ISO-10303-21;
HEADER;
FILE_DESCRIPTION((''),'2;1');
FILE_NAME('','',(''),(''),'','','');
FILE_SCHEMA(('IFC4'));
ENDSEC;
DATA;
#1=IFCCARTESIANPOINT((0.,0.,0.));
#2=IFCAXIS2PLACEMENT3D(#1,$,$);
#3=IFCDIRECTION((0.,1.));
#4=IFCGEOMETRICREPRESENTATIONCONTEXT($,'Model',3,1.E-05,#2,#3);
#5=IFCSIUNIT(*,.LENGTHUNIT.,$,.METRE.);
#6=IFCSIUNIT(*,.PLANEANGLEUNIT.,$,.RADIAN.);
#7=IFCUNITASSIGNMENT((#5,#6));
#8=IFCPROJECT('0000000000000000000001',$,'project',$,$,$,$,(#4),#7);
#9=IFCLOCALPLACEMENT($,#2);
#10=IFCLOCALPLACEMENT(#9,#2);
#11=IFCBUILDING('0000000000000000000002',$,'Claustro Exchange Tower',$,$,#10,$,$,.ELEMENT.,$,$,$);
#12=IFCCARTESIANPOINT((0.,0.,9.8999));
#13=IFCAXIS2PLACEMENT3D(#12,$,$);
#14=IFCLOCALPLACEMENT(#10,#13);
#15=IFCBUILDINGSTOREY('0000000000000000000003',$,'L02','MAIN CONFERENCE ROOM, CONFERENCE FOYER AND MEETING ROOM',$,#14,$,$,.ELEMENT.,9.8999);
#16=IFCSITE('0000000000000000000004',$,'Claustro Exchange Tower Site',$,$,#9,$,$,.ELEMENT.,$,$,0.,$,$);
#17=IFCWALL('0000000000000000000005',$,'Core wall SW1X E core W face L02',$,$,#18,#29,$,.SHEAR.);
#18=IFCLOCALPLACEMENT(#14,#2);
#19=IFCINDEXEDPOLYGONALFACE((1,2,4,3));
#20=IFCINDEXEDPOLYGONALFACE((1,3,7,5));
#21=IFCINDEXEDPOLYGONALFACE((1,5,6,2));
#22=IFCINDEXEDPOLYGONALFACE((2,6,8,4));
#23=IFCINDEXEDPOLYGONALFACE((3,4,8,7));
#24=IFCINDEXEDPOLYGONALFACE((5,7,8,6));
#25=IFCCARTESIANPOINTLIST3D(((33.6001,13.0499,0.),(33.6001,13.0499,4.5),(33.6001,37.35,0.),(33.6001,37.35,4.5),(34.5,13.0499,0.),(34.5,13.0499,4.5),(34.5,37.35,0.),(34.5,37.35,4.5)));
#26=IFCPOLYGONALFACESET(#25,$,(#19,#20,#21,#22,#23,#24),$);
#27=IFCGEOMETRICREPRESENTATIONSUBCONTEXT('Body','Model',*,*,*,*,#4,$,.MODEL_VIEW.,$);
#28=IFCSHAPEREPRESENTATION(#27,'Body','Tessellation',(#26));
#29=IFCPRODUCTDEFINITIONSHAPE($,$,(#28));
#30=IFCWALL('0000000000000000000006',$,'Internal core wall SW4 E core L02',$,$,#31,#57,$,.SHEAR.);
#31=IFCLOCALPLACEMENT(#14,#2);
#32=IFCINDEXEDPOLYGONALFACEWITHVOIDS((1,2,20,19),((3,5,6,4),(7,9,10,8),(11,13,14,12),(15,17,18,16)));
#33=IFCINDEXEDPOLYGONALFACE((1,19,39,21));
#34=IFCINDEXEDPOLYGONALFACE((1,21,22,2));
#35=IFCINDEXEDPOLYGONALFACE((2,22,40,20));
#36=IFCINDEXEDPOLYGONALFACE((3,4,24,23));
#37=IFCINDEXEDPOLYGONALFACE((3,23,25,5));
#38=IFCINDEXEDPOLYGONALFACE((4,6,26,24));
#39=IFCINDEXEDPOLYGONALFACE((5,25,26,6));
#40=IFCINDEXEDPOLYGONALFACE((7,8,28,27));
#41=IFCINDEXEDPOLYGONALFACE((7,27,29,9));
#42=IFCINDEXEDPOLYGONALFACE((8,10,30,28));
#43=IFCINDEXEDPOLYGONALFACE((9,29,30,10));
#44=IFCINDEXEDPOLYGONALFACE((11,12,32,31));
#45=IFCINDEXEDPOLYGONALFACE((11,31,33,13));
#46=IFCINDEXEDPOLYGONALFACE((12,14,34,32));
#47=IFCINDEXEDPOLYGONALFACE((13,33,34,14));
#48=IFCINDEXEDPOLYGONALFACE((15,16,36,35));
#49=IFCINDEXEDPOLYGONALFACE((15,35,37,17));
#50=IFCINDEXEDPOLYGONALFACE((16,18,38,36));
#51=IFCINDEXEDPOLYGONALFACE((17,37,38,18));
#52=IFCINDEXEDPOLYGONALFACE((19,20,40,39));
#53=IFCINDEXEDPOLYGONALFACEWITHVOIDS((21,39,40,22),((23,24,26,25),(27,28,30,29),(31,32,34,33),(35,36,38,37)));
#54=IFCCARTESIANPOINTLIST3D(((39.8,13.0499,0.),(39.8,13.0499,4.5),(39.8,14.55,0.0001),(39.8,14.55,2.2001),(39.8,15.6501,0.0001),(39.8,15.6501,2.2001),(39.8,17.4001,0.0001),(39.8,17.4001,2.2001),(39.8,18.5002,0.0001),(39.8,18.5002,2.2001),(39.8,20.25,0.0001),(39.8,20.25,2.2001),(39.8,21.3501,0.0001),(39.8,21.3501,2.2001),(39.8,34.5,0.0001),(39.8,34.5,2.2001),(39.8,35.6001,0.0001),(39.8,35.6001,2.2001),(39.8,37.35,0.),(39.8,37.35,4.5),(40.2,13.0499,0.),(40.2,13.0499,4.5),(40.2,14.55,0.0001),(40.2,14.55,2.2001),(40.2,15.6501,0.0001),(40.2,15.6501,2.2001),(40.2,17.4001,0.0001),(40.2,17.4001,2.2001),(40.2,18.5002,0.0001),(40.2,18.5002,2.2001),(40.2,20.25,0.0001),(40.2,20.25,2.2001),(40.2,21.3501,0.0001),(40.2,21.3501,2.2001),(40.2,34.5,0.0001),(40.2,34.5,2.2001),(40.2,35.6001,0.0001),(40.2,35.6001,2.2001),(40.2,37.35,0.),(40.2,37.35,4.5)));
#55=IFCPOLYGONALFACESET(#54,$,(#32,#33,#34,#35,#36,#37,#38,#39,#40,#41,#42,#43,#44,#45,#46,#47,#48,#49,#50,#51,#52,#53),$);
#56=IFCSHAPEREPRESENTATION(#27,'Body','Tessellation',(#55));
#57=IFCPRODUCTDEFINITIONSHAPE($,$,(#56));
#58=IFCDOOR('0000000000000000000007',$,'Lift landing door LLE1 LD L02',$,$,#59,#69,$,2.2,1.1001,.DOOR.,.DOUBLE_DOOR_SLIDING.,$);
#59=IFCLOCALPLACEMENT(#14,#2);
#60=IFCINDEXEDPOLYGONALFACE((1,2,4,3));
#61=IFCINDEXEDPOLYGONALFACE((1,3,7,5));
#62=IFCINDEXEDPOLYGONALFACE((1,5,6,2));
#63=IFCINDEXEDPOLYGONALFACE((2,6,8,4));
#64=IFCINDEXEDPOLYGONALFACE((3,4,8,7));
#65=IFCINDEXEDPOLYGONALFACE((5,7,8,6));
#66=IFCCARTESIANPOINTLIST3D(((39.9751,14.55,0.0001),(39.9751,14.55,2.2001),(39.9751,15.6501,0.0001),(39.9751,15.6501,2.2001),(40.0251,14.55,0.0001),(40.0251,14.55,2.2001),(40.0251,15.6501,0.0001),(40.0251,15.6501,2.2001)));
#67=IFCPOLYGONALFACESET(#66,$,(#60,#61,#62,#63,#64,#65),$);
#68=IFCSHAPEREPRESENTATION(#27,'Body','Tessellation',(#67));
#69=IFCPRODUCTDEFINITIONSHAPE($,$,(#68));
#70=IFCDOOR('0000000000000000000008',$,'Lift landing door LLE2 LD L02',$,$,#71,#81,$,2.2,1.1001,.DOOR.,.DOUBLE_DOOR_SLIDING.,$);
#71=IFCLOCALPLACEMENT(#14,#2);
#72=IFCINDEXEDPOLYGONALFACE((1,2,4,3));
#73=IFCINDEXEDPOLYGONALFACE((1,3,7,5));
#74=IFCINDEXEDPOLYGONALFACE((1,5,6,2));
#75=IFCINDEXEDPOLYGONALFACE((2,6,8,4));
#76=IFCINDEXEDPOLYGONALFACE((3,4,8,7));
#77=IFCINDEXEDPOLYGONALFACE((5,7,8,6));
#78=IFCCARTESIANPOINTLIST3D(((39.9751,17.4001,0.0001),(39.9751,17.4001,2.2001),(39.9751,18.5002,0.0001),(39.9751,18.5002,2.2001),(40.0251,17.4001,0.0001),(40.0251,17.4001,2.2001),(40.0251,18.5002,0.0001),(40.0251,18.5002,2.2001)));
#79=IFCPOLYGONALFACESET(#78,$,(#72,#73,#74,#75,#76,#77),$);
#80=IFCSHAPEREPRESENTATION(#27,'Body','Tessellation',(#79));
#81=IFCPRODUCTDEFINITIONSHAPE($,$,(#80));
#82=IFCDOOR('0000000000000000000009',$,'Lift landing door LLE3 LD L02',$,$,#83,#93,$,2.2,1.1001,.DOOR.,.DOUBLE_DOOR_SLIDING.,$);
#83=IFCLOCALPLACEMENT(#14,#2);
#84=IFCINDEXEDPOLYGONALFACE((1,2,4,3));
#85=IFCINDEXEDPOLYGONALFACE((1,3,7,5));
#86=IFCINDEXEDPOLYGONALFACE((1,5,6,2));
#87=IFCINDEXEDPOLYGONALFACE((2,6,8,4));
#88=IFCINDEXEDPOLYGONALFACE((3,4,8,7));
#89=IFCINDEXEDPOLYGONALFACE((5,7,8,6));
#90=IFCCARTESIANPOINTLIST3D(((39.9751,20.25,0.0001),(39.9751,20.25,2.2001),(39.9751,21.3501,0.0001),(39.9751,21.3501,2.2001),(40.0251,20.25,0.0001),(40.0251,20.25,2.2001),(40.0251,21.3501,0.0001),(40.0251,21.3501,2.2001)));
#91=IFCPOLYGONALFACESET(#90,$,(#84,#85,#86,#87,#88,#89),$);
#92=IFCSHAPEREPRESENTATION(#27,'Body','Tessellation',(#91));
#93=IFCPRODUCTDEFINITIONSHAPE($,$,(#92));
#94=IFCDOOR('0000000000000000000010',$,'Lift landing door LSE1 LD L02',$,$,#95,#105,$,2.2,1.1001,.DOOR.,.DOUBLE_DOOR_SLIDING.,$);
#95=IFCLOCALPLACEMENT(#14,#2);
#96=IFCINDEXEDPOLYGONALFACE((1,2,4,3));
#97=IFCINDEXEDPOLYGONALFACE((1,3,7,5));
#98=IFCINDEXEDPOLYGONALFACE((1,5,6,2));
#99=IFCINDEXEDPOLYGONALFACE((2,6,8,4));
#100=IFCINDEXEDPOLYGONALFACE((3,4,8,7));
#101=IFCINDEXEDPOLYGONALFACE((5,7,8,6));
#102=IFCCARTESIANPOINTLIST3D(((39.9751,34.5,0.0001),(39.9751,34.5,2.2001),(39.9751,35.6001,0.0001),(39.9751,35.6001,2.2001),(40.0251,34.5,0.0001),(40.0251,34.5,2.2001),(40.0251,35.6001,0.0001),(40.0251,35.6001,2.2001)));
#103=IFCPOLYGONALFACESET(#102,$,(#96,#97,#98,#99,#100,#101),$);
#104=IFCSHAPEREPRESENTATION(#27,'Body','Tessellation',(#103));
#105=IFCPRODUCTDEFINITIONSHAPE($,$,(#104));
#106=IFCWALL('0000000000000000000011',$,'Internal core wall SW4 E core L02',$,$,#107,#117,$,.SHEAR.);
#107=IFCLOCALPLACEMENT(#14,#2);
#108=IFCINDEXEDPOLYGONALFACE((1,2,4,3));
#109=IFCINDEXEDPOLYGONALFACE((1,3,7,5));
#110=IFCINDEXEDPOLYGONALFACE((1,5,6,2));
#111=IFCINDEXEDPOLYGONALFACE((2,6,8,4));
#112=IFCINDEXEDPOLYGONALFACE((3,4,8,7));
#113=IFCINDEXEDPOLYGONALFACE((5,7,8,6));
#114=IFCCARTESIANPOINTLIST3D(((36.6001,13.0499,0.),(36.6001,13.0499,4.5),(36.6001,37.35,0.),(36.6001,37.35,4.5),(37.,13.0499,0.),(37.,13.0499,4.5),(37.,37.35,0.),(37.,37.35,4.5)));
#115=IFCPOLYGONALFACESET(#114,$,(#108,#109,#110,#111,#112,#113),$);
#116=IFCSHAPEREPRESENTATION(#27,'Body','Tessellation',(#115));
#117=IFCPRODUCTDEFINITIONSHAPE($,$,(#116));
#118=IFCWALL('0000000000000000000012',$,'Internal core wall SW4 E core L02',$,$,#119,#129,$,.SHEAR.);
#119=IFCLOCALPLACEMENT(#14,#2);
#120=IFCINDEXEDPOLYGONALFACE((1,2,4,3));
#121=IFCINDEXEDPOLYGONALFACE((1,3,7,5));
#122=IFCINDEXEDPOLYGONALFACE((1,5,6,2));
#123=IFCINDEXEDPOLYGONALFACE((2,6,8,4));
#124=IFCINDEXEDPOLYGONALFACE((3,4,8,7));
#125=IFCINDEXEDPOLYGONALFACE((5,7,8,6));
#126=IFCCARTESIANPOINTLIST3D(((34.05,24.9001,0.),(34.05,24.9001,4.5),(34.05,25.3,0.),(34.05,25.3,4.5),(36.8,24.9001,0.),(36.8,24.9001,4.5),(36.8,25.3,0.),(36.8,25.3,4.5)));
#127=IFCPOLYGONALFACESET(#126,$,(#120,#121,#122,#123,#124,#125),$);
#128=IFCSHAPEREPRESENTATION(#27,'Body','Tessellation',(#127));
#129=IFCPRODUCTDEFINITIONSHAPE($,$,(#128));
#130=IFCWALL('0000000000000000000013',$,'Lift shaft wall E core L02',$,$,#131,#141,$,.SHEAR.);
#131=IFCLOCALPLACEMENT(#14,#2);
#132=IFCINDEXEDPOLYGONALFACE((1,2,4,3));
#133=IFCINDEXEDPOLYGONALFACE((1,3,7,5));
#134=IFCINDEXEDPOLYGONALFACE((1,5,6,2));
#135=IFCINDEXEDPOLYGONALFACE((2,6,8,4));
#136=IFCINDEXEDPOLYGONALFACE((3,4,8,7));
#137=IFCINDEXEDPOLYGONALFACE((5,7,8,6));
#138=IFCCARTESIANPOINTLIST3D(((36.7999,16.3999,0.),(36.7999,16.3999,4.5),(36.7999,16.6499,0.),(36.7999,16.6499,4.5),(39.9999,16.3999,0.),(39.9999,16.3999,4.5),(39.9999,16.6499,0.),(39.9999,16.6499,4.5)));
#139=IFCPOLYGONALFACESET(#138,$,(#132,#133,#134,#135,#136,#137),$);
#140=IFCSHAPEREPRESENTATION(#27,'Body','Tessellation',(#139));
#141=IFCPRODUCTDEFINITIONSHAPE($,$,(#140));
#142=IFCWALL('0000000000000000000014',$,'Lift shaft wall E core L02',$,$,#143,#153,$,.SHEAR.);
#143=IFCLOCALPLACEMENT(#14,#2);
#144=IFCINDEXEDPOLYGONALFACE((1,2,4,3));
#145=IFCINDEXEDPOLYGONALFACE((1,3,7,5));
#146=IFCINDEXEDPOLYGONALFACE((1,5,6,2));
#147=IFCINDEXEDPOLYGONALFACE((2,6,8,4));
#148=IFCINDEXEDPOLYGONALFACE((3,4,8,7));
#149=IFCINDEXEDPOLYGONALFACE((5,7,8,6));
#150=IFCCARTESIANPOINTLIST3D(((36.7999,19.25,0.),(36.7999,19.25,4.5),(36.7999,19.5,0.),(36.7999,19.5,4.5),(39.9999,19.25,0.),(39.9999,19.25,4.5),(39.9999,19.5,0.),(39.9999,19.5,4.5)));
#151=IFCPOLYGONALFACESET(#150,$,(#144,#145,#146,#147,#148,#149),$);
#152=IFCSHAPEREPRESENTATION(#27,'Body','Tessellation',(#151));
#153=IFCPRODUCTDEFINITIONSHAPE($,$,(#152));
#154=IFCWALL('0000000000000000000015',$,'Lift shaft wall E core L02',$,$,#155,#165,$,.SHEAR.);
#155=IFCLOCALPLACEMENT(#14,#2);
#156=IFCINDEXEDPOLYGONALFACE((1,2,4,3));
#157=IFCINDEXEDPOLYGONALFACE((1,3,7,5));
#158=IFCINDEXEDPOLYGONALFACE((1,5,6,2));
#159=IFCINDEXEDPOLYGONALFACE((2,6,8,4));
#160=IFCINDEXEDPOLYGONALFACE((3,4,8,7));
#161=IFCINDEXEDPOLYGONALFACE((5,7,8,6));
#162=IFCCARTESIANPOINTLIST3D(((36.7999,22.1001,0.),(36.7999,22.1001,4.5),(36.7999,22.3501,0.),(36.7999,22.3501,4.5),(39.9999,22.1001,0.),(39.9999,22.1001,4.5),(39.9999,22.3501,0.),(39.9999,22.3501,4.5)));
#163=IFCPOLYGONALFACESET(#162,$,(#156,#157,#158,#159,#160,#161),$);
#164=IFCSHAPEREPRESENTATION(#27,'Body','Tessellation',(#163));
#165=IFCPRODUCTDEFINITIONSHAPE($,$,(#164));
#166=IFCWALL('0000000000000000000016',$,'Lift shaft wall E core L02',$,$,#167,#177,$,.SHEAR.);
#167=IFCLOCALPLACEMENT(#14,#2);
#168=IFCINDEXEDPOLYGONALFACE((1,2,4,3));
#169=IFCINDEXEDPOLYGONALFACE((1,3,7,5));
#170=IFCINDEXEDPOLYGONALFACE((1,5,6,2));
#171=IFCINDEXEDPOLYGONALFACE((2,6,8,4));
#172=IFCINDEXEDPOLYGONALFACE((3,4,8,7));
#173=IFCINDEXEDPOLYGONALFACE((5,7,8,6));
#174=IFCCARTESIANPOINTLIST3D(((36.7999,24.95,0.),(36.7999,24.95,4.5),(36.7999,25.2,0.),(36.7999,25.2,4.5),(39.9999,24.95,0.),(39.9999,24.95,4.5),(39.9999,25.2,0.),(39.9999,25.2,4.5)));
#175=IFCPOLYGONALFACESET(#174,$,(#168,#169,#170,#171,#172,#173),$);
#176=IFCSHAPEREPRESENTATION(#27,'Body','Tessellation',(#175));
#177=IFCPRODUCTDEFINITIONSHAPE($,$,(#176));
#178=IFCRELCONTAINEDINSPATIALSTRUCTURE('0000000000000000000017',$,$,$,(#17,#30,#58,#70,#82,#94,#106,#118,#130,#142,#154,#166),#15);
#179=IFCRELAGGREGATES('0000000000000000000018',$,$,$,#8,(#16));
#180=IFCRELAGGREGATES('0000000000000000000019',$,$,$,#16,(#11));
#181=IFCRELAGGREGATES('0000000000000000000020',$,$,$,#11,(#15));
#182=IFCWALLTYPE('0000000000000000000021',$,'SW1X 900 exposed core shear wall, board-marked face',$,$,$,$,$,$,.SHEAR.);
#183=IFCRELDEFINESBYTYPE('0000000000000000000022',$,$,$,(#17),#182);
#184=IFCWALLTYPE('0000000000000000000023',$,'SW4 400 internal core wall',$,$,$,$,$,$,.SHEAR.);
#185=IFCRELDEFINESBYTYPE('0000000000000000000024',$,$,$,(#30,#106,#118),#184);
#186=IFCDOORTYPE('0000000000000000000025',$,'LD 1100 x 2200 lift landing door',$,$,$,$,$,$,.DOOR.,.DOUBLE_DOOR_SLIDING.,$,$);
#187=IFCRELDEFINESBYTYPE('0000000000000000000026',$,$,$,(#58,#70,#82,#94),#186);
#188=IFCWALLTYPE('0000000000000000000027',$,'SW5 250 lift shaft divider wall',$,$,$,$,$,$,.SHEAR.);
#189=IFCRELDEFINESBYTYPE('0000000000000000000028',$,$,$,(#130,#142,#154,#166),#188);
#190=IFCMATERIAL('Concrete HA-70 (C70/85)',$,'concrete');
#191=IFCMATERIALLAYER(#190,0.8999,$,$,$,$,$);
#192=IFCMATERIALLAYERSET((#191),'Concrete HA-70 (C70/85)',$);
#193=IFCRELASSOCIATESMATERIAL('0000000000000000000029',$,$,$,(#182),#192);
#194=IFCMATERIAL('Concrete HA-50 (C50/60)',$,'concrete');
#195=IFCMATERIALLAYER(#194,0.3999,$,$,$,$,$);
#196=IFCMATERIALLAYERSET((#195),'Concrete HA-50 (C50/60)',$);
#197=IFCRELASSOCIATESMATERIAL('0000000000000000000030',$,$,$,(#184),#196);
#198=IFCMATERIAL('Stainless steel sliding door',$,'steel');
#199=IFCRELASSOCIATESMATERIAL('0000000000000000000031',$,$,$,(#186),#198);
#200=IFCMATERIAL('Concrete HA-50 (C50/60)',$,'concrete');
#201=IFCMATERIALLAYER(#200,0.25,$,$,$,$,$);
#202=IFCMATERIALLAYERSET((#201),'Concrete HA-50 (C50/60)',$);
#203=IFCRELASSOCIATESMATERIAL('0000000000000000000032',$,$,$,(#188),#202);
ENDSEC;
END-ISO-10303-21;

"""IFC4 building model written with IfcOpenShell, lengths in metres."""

from ifc_helpers import new_model, si_unit, direction, frame, frame_2d, origin, place, context, subcontext, project, spatial, rectangle, extrude, material, layer, layer_set, type_object, element, fill, save


model = new_model("IFC4")

# Units and contexts
model_context = context("Model", 3, precision=1e-05, world=origin(), true_north=direction((0.0, 1.0)))
body_context = subcontext(model_context, "Body", "Model", "MODEL_VIEW")
ifc_project = project(units=[si_unit("LENGTHUNIT", "METRE"), si_unit("PLANEANGLEUNIT", "RADIAN")], contexts=[model_context])

# Site, building, storey
site_placement = place(None, origin())
site = spatial("IfcSite", under=ifc_project, at=site_placement, Name="Claustro Exchange Tower Site", CompositionType="ELEMENT", RefElevation=0.0)
building_placement = place(site_placement, origin())
building = spatial("IfcBuilding", under=site, at=building_placement, Name="Claustro Exchange Tower", CompositionType="ELEMENT")
storey_placement = place(building_placement, frame((0.0, 0.0, 9.8999)))
storey = spatial("IfcBuildingStorey", under=building, at=storey_placement, Name="L02", Description="MAIN CONFERENCE ROOM, CONFERENCE FOYER AND MEETING ROOM", CompositionType="ELEMENT", Elevation=9.8999)

# Wall
ifc_material_1 = material(Name="Concrete HA-70 (C70/85)", Category="concrete")
ifc_layer_1 = layer(ifc_material_1, 0.8999)
ifc_layer_set_1 = layer_set([ifc_layer_1], Name="Concrete HA-70 (C70/85)")
wall_type_1 = type_object("IfcWallType", Name="SW1X 900 exposed core shear wall, board-marked face", PredefinedType="SHEAR", material=ifc_layer_set_1)
wall_1_placement = place(storey_placement, frame((34.05, 13.05, 0.0), z_axis=(0.0, 0.0, 1.0), x_axis=(0.0, 1.0, 0.0)))
element("IfcWall", 1, at=wall_1_placement, inside=storey, type_object=wall_type_1, Name="Core wall SW1X E core W face L02", PredefinedType="SHEAR", context=body_context, shape_type="SweptSolid", body=[
    extrude(rectangle(XDim=24.3, YDim=0.8999, at=frame_2d((12.1499, 0.0))), origin(), (0.0, 0.0, 1.0), 4.5),
])

# Wall, openings, doors
ifc_material_2 = material(Name="Concrete HA-50 (C50/60)", Category="concrete")
ifc_layer_2 = layer(ifc_material_2, 0.3999)
ifc_layer_set_2 = layer_set([ifc_layer_2], Name="Concrete HA-50 (C50/60)")
wall_type_2 = type_object("IfcWallType", Name="SW4 400 internal core wall", PredefinedType="SHEAR", material=ifc_layer_set_2)
wall_2_placement = place(storey_placement, frame((40.0, 13.05, 0.0), z_axis=(0.0, 0.0, 1.0), x_axis=(0.0, 1.0, 0.0)))
wall_2 = element("IfcWall", 2, at=wall_2_placement, inside=storey, type_object=wall_type_2, Name="Internal core wall SW4 E core L02", PredefinedType="SHEAR", context=body_context, shape_type="SweptSolid", body=[
    extrude(rectangle(XDim=24.3, YDim=0.3999, at=frame_2d((12.1499, 0.0))), origin(), (0.0, 0.0, 1.0), 4.5),
])
opening_1_placement = place(wall_2_placement, frame((1.5, 0.0, 0.0)))
opening_1 = element("IfcOpeningElement", 3, at=opening_1_placement, cuts=wall_2, PredefinedType="OPENING", context=body_context, shape_type="SweptSolid", body=[
    extrude(rectangle(XDim=1.1001, YDim=2.2, at=frame_2d((0.55, 1.1001))), frame((0.0, 0.21, 0.0), z_axis=(0.0, -1.0, 0.0), x_axis=(1.0, 0.0, 0.0)), (0.0, 0.0, 1.0), 0.4199),
])
opening_2_placement = place(wall_2_placement, frame((4.3501, 0.0, 0.0)))
opening_2 = element("IfcOpeningElement", 4, at=opening_2_placement, cuts=wall_2, PredefinedType="OPENING", context=body_context, shape_type="SweptSolid", body=[
    extrude(rectangle(XDim=1.1001, YDim=2.2, at=frame_2d((0.55, 1.1001))), frame((0.0, 0.21, 0.0), z_axis=(0.0, -1.0, 0.0), x_axis=(1.0, 0.0, 0.0)), (0.0, 0.0, 1.0), 0.4199),
])
opening_3_placement = place(wall_2_placement, frame((7.2, 0.0, 0.0)))
opening_3 = element("IfcOpeningElement", 5, at=opening_3_placement, cuts=wall_2, PredefinedType="OPENING", context=body_context, shape_type="SweptSolid", body=[
    extrude(rectangle(XDim=1.1001, YDim=2.2, at=frame_2d((0.55, 1.1001))), frame((0.0, 0.21, 0.0), z_axis=(0.0, -1.0, 0.0), x_axis=(1.0, 0.0, 0.0)), (0.0, 0.0, 1.0), 0.4199),
])
opening_4_placement = place(wall_2_placement, frame((21.45, 0.0, 0.0)))
opening_4 = element("IfcOpeningElement", 6, at=opening_4_placement, cuts=wall_2, PredefinedType="OPENING", context=body_context, shape_type="SweptSolid", body=[
    extrude(rectangle(XDim=1.1001, YDim=2.2, at=frame_2d((0.55, 1.1001))), frame((0.0, 0.21, 0.0), z_axis=(0.0, -1.0, 0.0), x_axis=(1.0, 0.0, 0.0)), (0.0, 0.0, 1.0), 0.4199),
])
ifc_material_3 = material(Name="Stainless steel sliding door", Category="steel")
door_type_1 = type_object("IfcDoorType", Name="LD 1100 x 2200 lift landing door", OperationType="DOUBLE_DOOR_SLIDING", PredefinedType="DOOR", material=ifc_material_3)
door_1_placement = place(opening_1_placement, origin())
door_1 = element("IfcDoor", 7, at=door_1_placement, inside=storey, type_object=door_type_1, Name="Lift landing door LLE1 LD L02", OperationType="DOUBLE_DOOR_SLIDING", OverallHeight=2.2, OverallWidth=1.1001, PredefinedType="DOOR", context=body_context, shape_type="SweptSolid", body=[
    extrude(rectangle(XDim=1.1001, YDim=2.2, at=frame_2d((0.55, 1.1001))), frame((0.0, 0.0249, 0.0), z_axis=(0.0, -1.0, 0.0), x_axis=(1.0, 0.0, 0.0)), (0.0, 0.0, 1.0), 0.05),
])
fill(opening_1, door_1)
door_2_placement = place(opening_2_placement, origin())
door_2 = element("IfcDoor", 8, at=door_2_placement, inside=storey, type_object=door_type_1, Name="Lift landing door LLE2 LD L02", OperationType="DOUBLE_DOOR_SLIDING", OverallHeight=2.2, OverallWidth=1.1001, PredefinedType="DOOR", context=body_context, shape_type="SweptSolid", body=[
    extrude(rectangle(XDim=1.1001, YDim=2.2, at=frame_2d((0.55, 1.1001))), frame((0.0, 0.0249, 0.0), z_axis=(0.0, -1.0, 0.0), x_axis=(1.0, 0.0, 0.0)), (0.0, 0.0, 1.0), 0.05),
])
fill(opening_2, door_2)
door_3_placement = place(opening_3_placement, origin())
door_3 = element("IfcDoor", 9, at=door_3_placement, inside=storey, type_object=door_type_1, Name="Lift landing door LLE3 LD L02", OperationType="DOUBLE_DOOR_SLIDING", OverallHeight=2.2, OverallWidth=1.1001, PredefinedType="DOOR", context=body_context, shape_type="SweptSolid", body=[
    extrude(rectangle(XDim=1.1001, YDim=2.2, at=frame_2d((0.55, 1.1001))), frame((0.0, 0.0249, 0.0), z_axis=(0.0, -1.0, 0.0), x_axis=(1.0, 0.0, 0.0)), (0.0, 0.0, 1.0), 0.05),
])
fill(opening_3, door_3)
door_4_placement = place(opening_4_placement, origin())
door_4 = element("IfcDoor", 10, at=door_4_placement, inside=storey, type_object=door_type_1, Name="Lift landing door LSE1 LD L02", OperationType="DOUBLE_DOOR_SLIDING", OverallHeight=2.2, OverallWidth=1.1001, PredefinedType="DOOR", context=body_context, shape_type="SweptSolid", body=[
    extrude(rectangle(XDim=1.1001, YDim=2.2, at=frame_2d((0.55, 1.1001))), frame((0.0, 0.0249, 0.0), z_axis=(0.0, -1.0, 0.0), x_axis=(1.0, 0.0, 0.0)), (0.0, 0.0, 1.0), 0.05),
])
fill(opening_4, door_4)

# Walls
wall_3_placement = place(storey_placement, frame((36.8, 13.05, 0.0), z_axis=(0.0, 0.0, 1.0), x_axis=(0.0, 1.0, 0.0)))
element("IfcWall", 11, at=wall_3_placement, inside=storey, type_object=wall_type_2, Name="Internal core wall SW4 E core L02", PredefinedType="SHEAR", context=body_context, shape_type="SweptSolid", body=[
    extrude(rectangle(XDim=24.3, YDim=0.3999, at=frame_2d((12.1499, 0.0))), origin(), (0.0, 0.0, 1.0), 4.5),
])
wall_4_placement = place(storey_placement, frame((36.8, 25.1001, 0.0), z_axis=(0.0, 0.0, 1.0), x_axis=(-1.0, 0.0, 0.0)))
element("IfcWall", 12, at=wall_4_placement, inside=storey, type_object=wall_type_2, Name="Internal core wall SW4 E core L02", PredefinedType="SHEAR", context=body_context, shape_type="SweptSolid", body=[
    extrude(rectangle(XDim=2.75, YDim=0.3999, at=frame_2d((1.375, 0.0))), origin(), (0.0, 0.0, 1.0), 4.5),
])
ifc_material_4 = material(Name="Concrete HA-50 (C50/60)", Category="concrete")
ifc_layer_3 = layer(ifc_material_4, 0.25)
ifc_layer_set_3 = layer_set([ifc_layer_3], Name="Concrete HA-50 (C50/60)")
wall_type_3 = type_object("IfcWallType", Name="SW5 250 lift shaft divider wall", PredefinedType="SHEAR", material=ifc_layer_set_3)
for number, where, z_axis, x_axis, name in (
    (13, (40.0, 16.5249, 0.0), (0.0, 0.0, 1.0), (-1.0, 0.0, 0.0), "Lift shaft wall E core L02"),
    (14, (40.0, 19.375, 0.0), (0.0, 0.0, 1.0), (-1.0, 0.0, 0.0), "Lift shaft wall E core L02"),
    (15, (40.0, 22.2251, 0.0), (0.0, 0.0, 1.0), (-1.0, 0.0, 0.0), "Lift shaft wall E core L02"),
    (16, (40.0, 25.075, 0.0), (0.0, 0.0, 1.0), (-1.0, 0.0, 0.0), "Lift shaft wall E core L02"),
):
    element("IfcWall", number, at=place(storey_placement, frame(where, z_axis=z_axis, x_axis=x_axis)), inside=storey, type_object=wall_type_3, Name=name, PredefinedType="SHEAR", context=body_context, shape_type="SweptSolid", body=[
        extrude(rectangle(XDim=3.2, YDim=0.25, at=frame_2d((1.6001, 0.0))), origin(), (0.0, 0.0, 1.0), 4.5),
    ])

save(model, "model.ifc")
